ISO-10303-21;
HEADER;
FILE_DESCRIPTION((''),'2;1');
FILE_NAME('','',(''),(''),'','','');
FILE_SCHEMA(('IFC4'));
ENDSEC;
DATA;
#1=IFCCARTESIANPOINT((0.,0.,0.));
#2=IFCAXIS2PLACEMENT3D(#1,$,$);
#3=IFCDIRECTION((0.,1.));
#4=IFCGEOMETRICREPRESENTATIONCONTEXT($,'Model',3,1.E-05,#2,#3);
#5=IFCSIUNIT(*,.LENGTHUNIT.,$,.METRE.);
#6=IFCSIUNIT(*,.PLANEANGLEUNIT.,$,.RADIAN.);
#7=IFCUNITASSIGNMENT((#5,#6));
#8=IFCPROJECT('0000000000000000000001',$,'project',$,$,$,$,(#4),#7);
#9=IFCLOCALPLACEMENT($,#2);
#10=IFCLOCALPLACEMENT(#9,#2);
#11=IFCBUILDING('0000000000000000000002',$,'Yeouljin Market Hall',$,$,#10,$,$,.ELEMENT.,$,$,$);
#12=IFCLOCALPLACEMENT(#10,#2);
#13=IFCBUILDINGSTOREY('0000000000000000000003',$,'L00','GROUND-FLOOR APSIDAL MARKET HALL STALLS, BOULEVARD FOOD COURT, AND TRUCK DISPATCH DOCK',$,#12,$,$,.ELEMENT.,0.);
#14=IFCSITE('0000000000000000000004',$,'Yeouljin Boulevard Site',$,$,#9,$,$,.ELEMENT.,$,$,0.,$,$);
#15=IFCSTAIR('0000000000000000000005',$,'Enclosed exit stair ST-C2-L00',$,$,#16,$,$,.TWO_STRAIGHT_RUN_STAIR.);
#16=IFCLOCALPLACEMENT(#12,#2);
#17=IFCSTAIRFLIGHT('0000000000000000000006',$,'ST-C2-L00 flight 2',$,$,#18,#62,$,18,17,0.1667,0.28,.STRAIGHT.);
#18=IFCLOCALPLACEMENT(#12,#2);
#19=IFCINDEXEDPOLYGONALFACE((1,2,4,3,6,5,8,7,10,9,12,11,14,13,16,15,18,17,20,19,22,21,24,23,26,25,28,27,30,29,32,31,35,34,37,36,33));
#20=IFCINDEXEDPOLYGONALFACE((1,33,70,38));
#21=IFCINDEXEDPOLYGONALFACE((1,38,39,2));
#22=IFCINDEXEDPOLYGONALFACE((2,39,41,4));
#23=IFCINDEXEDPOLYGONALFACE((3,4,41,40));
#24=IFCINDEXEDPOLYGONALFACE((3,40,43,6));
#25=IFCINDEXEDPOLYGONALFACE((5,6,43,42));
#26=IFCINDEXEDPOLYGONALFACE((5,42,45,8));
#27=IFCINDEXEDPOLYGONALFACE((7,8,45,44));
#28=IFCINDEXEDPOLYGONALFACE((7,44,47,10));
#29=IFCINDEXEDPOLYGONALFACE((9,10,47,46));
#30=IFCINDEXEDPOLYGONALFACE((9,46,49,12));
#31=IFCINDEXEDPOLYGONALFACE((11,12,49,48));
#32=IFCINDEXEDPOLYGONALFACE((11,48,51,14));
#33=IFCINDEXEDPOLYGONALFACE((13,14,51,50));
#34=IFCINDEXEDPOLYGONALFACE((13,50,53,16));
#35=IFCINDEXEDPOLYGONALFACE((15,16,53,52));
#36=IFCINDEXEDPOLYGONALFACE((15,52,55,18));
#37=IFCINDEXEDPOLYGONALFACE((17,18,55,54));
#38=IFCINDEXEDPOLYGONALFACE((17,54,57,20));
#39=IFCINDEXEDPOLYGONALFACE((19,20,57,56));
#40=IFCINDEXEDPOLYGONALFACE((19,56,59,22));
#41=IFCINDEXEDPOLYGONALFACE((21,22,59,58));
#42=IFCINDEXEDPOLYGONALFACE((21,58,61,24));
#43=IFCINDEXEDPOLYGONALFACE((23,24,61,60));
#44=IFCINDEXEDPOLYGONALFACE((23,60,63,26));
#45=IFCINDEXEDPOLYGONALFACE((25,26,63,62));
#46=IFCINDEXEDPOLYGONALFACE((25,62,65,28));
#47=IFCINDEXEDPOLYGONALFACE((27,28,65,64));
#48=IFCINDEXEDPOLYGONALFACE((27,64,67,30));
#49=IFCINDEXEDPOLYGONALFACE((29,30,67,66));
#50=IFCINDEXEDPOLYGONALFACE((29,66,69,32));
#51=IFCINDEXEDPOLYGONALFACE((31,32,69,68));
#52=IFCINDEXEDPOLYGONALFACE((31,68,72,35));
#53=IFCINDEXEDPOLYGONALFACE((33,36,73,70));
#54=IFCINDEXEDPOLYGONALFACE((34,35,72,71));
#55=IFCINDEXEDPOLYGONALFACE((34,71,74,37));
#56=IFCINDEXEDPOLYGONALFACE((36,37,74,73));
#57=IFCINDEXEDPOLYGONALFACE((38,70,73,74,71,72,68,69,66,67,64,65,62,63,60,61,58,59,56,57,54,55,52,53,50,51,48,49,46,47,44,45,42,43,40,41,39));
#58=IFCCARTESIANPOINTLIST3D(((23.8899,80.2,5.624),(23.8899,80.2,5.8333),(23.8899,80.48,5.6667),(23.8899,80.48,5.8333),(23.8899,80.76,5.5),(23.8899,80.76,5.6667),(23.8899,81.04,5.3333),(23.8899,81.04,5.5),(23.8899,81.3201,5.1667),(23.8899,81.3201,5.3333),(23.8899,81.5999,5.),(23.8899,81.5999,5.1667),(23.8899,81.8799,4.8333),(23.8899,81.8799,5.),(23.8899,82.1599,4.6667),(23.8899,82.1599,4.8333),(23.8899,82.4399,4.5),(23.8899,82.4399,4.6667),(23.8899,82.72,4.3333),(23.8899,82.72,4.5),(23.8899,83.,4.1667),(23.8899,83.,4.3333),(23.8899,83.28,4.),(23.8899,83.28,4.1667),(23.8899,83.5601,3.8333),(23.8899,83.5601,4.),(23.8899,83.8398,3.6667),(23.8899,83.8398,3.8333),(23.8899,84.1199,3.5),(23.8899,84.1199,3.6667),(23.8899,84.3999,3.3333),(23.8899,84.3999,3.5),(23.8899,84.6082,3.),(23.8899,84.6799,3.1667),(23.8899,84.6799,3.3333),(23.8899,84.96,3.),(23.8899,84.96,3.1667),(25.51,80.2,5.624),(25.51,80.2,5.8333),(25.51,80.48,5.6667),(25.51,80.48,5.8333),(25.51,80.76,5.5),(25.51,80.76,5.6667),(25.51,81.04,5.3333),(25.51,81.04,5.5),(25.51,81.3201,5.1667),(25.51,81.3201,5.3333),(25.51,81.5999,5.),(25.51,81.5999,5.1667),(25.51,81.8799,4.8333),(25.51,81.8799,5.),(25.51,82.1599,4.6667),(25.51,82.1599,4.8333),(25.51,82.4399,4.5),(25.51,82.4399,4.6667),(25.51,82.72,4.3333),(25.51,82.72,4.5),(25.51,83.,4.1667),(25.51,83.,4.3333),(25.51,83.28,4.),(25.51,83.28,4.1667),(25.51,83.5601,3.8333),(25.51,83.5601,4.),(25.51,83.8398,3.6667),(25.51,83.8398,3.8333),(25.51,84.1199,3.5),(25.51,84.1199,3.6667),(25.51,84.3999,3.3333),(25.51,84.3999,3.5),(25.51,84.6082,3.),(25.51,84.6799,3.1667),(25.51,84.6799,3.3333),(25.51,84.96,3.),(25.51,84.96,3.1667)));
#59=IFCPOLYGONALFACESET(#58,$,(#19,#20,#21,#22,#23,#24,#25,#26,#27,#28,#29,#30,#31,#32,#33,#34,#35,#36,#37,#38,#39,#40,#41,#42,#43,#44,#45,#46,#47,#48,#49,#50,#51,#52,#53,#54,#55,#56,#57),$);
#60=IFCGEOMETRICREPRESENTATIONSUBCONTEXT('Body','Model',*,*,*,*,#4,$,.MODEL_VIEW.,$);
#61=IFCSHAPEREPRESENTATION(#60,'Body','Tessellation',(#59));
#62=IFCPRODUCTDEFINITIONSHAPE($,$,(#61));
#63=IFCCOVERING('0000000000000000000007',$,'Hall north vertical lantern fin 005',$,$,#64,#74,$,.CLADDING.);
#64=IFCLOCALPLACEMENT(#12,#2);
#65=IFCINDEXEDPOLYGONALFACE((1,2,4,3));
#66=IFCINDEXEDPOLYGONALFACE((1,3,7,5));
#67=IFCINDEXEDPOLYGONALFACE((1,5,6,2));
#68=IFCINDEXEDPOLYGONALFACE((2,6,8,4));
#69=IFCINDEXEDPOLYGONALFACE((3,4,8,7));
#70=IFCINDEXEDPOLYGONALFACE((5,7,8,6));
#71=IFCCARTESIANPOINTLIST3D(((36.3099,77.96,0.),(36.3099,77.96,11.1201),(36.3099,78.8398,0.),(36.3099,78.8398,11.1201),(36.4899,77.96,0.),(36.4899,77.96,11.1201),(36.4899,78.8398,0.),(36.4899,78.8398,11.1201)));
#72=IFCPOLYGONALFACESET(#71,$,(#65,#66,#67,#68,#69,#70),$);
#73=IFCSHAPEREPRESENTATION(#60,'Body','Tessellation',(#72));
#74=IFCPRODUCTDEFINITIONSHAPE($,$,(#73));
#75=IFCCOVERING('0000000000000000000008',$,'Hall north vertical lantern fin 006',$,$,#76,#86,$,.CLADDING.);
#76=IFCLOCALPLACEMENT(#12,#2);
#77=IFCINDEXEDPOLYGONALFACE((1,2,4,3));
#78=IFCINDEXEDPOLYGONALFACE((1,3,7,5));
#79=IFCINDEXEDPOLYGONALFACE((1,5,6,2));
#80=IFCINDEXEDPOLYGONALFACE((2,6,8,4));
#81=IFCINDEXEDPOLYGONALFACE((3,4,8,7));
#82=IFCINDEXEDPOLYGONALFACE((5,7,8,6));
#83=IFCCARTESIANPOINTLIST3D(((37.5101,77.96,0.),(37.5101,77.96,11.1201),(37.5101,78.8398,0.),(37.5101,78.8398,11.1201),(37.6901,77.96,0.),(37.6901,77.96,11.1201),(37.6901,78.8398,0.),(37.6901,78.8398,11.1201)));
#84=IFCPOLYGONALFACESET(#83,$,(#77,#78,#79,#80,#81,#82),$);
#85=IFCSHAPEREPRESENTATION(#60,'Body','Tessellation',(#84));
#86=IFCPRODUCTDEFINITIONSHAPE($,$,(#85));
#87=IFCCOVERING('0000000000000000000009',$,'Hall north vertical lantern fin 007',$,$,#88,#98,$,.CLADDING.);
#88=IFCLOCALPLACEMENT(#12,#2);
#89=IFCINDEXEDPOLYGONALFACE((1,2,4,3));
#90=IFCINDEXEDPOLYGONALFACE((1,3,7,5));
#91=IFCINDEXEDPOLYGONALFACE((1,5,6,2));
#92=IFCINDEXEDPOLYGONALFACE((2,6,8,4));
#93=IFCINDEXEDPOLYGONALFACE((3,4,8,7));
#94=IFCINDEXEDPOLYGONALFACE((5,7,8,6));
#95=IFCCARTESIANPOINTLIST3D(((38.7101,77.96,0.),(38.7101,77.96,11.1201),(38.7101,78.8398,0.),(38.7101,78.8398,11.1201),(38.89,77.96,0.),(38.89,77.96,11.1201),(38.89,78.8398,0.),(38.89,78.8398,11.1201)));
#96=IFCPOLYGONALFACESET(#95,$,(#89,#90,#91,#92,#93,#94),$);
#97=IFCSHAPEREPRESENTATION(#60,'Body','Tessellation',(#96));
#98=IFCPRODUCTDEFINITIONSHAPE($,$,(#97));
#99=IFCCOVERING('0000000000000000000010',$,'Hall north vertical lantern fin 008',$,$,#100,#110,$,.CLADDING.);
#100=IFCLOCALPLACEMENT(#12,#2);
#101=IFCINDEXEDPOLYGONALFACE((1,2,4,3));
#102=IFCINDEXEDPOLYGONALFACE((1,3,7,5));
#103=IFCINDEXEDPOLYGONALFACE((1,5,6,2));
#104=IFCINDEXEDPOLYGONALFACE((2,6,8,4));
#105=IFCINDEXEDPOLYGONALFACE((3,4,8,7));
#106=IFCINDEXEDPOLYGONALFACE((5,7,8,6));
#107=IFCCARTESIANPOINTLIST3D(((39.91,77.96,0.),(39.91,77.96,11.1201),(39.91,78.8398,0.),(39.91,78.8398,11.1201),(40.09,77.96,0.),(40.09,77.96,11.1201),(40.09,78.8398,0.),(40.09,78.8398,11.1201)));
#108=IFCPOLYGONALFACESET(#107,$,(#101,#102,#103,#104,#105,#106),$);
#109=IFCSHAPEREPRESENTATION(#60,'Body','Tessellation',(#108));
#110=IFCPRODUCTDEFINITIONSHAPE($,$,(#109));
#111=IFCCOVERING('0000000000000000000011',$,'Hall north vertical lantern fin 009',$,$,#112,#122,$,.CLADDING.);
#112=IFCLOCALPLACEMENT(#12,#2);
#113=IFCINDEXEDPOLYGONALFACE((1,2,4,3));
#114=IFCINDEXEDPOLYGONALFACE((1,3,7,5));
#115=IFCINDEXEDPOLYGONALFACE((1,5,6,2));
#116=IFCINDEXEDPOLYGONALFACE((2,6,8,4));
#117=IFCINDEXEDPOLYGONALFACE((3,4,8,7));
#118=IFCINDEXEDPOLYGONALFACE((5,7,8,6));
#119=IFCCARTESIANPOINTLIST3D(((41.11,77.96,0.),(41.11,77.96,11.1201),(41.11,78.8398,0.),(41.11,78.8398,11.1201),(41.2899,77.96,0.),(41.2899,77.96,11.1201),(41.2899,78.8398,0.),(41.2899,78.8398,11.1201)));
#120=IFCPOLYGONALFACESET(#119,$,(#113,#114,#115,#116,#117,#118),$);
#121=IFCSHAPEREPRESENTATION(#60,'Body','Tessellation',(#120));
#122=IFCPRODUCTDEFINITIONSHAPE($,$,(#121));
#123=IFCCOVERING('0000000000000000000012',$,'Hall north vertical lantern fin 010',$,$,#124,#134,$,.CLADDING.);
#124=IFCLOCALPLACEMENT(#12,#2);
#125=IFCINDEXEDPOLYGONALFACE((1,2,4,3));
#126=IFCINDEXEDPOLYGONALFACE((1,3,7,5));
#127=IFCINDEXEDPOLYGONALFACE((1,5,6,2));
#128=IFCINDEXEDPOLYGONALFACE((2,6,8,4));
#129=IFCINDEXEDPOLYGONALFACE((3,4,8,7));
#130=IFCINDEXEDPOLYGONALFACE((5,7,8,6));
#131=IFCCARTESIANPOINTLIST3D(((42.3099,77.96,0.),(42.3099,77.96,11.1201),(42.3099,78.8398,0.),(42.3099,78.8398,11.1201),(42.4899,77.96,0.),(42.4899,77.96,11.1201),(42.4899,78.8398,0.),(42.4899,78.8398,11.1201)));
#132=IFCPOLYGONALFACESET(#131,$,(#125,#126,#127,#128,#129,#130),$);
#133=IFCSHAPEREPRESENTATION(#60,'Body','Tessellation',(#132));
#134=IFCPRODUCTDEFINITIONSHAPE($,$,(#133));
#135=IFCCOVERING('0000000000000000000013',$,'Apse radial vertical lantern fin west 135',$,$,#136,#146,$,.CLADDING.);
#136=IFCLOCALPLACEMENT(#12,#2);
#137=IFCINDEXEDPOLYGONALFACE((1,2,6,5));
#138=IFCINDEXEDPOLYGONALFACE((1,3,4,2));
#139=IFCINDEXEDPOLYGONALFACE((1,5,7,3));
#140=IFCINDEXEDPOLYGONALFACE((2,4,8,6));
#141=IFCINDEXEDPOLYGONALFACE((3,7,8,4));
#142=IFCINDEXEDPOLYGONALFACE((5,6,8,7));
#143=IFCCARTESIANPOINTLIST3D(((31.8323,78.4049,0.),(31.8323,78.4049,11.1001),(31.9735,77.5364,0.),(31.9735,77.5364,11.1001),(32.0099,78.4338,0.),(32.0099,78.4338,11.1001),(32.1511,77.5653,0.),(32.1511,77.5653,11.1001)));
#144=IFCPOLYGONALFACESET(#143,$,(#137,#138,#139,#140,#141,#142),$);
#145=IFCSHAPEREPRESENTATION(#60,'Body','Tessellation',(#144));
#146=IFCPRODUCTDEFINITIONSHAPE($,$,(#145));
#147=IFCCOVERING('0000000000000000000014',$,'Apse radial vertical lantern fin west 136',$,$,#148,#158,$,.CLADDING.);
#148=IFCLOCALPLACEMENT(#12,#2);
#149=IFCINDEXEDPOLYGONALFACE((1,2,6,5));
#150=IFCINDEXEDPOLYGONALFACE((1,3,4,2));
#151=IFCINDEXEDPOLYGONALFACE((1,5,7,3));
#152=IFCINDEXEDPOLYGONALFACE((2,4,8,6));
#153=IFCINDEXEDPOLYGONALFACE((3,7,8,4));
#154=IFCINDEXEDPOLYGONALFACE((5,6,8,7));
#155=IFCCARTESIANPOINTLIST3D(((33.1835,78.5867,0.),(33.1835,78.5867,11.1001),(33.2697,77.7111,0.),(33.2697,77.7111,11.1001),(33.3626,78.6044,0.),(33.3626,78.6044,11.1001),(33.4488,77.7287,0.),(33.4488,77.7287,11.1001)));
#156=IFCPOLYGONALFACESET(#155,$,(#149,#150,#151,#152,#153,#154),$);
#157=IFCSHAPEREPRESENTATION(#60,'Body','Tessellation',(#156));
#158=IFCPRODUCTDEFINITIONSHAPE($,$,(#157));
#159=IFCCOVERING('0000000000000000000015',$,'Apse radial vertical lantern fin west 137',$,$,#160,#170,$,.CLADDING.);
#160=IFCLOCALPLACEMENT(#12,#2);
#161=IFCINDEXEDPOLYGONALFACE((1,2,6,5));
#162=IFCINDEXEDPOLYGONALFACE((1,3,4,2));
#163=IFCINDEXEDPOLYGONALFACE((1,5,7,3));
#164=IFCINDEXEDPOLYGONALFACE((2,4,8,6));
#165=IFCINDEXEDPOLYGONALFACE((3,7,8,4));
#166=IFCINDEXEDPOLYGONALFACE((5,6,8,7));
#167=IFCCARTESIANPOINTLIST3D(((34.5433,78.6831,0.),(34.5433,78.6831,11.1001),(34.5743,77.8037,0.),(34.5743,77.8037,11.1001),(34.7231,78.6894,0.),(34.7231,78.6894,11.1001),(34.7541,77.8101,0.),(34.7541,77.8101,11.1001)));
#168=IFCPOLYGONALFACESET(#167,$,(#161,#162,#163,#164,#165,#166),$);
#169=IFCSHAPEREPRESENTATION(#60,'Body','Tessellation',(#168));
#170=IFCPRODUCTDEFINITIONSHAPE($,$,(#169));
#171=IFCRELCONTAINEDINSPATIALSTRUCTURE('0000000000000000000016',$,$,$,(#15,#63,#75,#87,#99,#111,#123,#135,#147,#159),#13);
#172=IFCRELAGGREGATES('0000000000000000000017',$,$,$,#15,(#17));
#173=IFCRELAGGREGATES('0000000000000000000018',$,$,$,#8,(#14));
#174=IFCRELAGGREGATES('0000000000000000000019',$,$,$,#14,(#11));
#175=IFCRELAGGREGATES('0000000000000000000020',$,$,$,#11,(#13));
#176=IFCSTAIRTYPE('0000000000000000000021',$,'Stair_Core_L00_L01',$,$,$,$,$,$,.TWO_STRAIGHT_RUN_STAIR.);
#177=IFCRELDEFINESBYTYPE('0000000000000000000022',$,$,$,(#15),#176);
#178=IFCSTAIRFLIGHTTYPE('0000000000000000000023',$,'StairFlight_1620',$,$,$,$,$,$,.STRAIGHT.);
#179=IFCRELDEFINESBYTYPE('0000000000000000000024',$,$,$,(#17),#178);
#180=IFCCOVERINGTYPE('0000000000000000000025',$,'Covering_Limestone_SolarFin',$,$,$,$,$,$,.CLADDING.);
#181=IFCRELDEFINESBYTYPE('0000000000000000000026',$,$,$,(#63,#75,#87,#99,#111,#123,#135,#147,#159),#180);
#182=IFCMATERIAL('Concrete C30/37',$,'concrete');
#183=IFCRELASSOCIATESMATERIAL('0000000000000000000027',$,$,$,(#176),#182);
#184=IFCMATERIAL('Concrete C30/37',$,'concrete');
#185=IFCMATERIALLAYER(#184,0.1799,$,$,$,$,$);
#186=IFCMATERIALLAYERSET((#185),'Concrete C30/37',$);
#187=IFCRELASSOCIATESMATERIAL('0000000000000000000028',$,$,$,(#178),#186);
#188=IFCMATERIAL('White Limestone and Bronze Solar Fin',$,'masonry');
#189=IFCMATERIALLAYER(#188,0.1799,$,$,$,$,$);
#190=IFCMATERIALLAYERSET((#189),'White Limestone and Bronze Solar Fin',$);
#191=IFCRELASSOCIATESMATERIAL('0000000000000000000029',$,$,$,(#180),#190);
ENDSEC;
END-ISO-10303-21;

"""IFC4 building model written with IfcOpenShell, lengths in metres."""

from ifc_helpers import new_model, si_unit, direction, frame, origin, origin_2d, place, context, subcontext, project, spatial, polyline, rectangle, outline, extrude, material, layer, layer_set, type_object, element, aggregate, save


model = new_model("IFC4")

# Units and contexts
model_context = context("Model", 3, precision=1e-05, world=origin(), true_north=direction((0.0, 1.0)))
body_context = subcontext(model_context, "Body", "Model", "MODEL_VIEW")
ifc_project = project(units=[si_unit("LENGTHUNIT", "METRE"), si_unit("PLANEANGLEUNIT", "RADIAN")], contexts=[model_context])

# Site, building, storey
site_placement = place(None, origin())
site = spatial("IfcSite", under=ifc_project, at=site_placement, Name="Yeouljin Boulevard Site", CompositionType="ELEMENT", RefElevation=0.0)
building_placement = place(site_placement, origin())
building = spatial("IfcBuilding", under=site, at=building_placement, Name="Yeouljin Market Hall", CompositionType="ELEMENT")
storey_placement = place(building_placement, origin())
storey = spatial("IfcBuildingStorey", under=building, at=storey_placement, Name="L00", Description="GROUND-FLOOR APSIDAL MARKET HALL STALLS, BOULEVARD FOOD COURT, AND TRUCK DISPATCH DOCK", CompositionType="ELEMENT", Elevation=0.0)

# Stair, stair flight
ifc_material_1 = material(Name="Concrete C30/37", Category="concrete")
stair_type = type_object("IfcStairType", Name="Stair_Core_L00_L01", PredefinedType="TWO_STRAIGHT_RUN_STAIR", material=ifc_material_1)
stair_placement = place(storey_placement, origin())
stair = element("IfcStair", 1, at=stair_placement, inside=storey, type_object=stair_type, Name="Enclosed exit stair ST-C2-L00", PredefinedType="TWO_STRAIGHT_RUN_STAIR")
ifc_material_2 = material(Name="Concrete C30/37", Category="concrete")
ifc_layer_1 = layer(ifc_material_2, 0.1799)
ifc_layer_set_1 = layer_set([ifc_layer_1], Name="Concrete C30/37")
stair_flight_type = type_object("IfcStairFlightType", Name="StairFlight_1620", PredefinedType="STRAIGHT", material=ifc_layer_set_1)
stair_flight_1_placement = place(storey_placement, frame((24.7, 84.96, 3.0), z_axis=(0.0, 0.0, 1.0), x_axis=(0.0, -1.0, 0.0)))
stair_flight_1 = element("IfcStairFlight", 2, at=stair_flight_1_placement, type_object=stair_flight_type, Name="ST-C2-L00 flight 2", NumberOfRisers=18, NumberOfTreads=17, PredefinedType="STRAIGHT", RiserHeight=0.1667, TreadLength=0.28, context=body_context, shape_type="SweptSolid", body=[
    extrude(outline(polyline([(0.0, 0.0), (0.0, 0.1667), (0.28, 0.1667), (0.28, 0.3333), (0.5601, 0.3333), (0.5601, 0.5), (0.8401, 0.5), (0.8401, 0.6667), (1.1201, 0.6667), (1.1201, 0.8333), (1.3999, 0.8333), (1.3999, 1.0), (1.6799, 1.0), (1.6799, 1.1667), (1.96, 1.1667), (1.96, 1.3333), (2.24, 1.3333), (2.24, 1.5), (2.52, 1.5), (2.52, 1.6667), (2.8, 1.6667), (2.8, 1.8333), (3.0801, 1.8333), (3.0801, 2.0), (3.3601, 2.0), (3.3601, 2.1667), (3.6399, 2.1667), (3.6399, 2.3333), (3.9199, 2.3333), (3.9199, 2.5), (4.2, 2.5), (4.2, 2.6667), (4.48, 2.6667), (4.48, 2.8333), (4.76, 2.8333), (4.76, 3.0), (4.76, 2.624), (0.3518, 0.0), (0.0, 0.0)])), frame((0.0, 0.8101, 0.0), z_axis=(0.0, -1.0, 0.0), x_axis=(1.0, 0.0, 0.0)), (0.0, 0.0, 1.0), 1.6201),
])
aggregate(stair, [stair_flight_1])

# Coverings
ifc_material_3 = material(Name="White Limestone and Bronze Solar Fin", Category="masonry")
ifc_layer_2 = layer(ifc_material_3, 0.1799)
ifc_layer_set_2 = layer_set([ifc_layer_2], Name="White Limestone and Bronze Solar Fin")
covering_type = type_object("IfcCoveringType", Name="Covering_Limestone_SolarFin", PredefinedType="CLADDING", material=ifc_layer_set_2)
for number, where, z_axis, x_axis, name in (
    (3, (36.3999, 78.3999, 0.0), (0.0, 0.0, 1.0), (1.0, 0.0, 0.0), "Hall north vertical lantern fin 005"),
    (4, (37.6001, 78.3999, 0.0), (0.0, 0.0, 1.0), (1.0, 0.0, 0.0), "Hall north vertical lantern fin 006"),
    (5, (38.8, 78.3999, 0.0), (0.0, 0.0, 1.0), (1.0, 0.0, 0.0), "Hall north vertical lantern fin 007"),
    (6, (40.0, 78.3999, 0.0), (0.0, 0.0, 1.0), (1.0, 0.0, 0.0), "Hall north vertical lantern fin 008"),
    (7, (41.2, 78.3999, 0.0), (0.0, 0.0, 1.0), (1.0, 0.0, 0.0), "Hall north vertical lantern fin 009"),
    (8, (42.3999, 78.3999, 0.0), (0.0, 0.0, 1.0), (1.0, 0.0, 0.0), "Hall north vertical lantern fin 010"),
):
    element("IfcCovering", number, at=place(storey_placement, frame(where, z_axis=z_axis, x_axis=x_axis)), inside=storey, type_object=covering_type, Name=name, PredefinedType="CLADDING", context=body_context, shape_type="SweptSolid", body=[
        extrude(rectangle(XDim=0.1799, YDim=0.8799, at=origin_2d()), origin(), (0.0, 0.0, 1.0), 11.1201),
    ])
for number, where, z_axis, x_axis, name in (
    (9, (31.9917, 77.9851, 0.0), (0.0, 0.0, 1.0), (-0.160398, 0.987052, 0.0), "Apse radial vertical lantern fin west 135"),
    (10, (33.3162, 78.1577, 0.0), (0.0, 0.0, 1.0), (-0.09793, 0.995193, 0.0), "Apse radial vertical lantern fin west 136"),
    (11, (34.6487, 78.2466, 0.0), (0.0, 0.0, 1.0), (-0.035248, 0.999379, 0.0), "Apse radial vertical lantern fin west 137"),
):
    element("IfcCovering", number, at=place(storey_placement, frame(where, z_axis=z_axis, x_axis=x_axis)), inside=storey, type_object=covering_type, Name=name, PredefinedType="CLADDING", context=body_context, shape_type="SweptSolid", body=[
        extrude(rectangle(XDim=0.8799, YDim=0.1799, at=origin_2d()), origin(), (0.0, 0.0, 1.0), 11.1001),
    ])

save(model, "model.ifc")
